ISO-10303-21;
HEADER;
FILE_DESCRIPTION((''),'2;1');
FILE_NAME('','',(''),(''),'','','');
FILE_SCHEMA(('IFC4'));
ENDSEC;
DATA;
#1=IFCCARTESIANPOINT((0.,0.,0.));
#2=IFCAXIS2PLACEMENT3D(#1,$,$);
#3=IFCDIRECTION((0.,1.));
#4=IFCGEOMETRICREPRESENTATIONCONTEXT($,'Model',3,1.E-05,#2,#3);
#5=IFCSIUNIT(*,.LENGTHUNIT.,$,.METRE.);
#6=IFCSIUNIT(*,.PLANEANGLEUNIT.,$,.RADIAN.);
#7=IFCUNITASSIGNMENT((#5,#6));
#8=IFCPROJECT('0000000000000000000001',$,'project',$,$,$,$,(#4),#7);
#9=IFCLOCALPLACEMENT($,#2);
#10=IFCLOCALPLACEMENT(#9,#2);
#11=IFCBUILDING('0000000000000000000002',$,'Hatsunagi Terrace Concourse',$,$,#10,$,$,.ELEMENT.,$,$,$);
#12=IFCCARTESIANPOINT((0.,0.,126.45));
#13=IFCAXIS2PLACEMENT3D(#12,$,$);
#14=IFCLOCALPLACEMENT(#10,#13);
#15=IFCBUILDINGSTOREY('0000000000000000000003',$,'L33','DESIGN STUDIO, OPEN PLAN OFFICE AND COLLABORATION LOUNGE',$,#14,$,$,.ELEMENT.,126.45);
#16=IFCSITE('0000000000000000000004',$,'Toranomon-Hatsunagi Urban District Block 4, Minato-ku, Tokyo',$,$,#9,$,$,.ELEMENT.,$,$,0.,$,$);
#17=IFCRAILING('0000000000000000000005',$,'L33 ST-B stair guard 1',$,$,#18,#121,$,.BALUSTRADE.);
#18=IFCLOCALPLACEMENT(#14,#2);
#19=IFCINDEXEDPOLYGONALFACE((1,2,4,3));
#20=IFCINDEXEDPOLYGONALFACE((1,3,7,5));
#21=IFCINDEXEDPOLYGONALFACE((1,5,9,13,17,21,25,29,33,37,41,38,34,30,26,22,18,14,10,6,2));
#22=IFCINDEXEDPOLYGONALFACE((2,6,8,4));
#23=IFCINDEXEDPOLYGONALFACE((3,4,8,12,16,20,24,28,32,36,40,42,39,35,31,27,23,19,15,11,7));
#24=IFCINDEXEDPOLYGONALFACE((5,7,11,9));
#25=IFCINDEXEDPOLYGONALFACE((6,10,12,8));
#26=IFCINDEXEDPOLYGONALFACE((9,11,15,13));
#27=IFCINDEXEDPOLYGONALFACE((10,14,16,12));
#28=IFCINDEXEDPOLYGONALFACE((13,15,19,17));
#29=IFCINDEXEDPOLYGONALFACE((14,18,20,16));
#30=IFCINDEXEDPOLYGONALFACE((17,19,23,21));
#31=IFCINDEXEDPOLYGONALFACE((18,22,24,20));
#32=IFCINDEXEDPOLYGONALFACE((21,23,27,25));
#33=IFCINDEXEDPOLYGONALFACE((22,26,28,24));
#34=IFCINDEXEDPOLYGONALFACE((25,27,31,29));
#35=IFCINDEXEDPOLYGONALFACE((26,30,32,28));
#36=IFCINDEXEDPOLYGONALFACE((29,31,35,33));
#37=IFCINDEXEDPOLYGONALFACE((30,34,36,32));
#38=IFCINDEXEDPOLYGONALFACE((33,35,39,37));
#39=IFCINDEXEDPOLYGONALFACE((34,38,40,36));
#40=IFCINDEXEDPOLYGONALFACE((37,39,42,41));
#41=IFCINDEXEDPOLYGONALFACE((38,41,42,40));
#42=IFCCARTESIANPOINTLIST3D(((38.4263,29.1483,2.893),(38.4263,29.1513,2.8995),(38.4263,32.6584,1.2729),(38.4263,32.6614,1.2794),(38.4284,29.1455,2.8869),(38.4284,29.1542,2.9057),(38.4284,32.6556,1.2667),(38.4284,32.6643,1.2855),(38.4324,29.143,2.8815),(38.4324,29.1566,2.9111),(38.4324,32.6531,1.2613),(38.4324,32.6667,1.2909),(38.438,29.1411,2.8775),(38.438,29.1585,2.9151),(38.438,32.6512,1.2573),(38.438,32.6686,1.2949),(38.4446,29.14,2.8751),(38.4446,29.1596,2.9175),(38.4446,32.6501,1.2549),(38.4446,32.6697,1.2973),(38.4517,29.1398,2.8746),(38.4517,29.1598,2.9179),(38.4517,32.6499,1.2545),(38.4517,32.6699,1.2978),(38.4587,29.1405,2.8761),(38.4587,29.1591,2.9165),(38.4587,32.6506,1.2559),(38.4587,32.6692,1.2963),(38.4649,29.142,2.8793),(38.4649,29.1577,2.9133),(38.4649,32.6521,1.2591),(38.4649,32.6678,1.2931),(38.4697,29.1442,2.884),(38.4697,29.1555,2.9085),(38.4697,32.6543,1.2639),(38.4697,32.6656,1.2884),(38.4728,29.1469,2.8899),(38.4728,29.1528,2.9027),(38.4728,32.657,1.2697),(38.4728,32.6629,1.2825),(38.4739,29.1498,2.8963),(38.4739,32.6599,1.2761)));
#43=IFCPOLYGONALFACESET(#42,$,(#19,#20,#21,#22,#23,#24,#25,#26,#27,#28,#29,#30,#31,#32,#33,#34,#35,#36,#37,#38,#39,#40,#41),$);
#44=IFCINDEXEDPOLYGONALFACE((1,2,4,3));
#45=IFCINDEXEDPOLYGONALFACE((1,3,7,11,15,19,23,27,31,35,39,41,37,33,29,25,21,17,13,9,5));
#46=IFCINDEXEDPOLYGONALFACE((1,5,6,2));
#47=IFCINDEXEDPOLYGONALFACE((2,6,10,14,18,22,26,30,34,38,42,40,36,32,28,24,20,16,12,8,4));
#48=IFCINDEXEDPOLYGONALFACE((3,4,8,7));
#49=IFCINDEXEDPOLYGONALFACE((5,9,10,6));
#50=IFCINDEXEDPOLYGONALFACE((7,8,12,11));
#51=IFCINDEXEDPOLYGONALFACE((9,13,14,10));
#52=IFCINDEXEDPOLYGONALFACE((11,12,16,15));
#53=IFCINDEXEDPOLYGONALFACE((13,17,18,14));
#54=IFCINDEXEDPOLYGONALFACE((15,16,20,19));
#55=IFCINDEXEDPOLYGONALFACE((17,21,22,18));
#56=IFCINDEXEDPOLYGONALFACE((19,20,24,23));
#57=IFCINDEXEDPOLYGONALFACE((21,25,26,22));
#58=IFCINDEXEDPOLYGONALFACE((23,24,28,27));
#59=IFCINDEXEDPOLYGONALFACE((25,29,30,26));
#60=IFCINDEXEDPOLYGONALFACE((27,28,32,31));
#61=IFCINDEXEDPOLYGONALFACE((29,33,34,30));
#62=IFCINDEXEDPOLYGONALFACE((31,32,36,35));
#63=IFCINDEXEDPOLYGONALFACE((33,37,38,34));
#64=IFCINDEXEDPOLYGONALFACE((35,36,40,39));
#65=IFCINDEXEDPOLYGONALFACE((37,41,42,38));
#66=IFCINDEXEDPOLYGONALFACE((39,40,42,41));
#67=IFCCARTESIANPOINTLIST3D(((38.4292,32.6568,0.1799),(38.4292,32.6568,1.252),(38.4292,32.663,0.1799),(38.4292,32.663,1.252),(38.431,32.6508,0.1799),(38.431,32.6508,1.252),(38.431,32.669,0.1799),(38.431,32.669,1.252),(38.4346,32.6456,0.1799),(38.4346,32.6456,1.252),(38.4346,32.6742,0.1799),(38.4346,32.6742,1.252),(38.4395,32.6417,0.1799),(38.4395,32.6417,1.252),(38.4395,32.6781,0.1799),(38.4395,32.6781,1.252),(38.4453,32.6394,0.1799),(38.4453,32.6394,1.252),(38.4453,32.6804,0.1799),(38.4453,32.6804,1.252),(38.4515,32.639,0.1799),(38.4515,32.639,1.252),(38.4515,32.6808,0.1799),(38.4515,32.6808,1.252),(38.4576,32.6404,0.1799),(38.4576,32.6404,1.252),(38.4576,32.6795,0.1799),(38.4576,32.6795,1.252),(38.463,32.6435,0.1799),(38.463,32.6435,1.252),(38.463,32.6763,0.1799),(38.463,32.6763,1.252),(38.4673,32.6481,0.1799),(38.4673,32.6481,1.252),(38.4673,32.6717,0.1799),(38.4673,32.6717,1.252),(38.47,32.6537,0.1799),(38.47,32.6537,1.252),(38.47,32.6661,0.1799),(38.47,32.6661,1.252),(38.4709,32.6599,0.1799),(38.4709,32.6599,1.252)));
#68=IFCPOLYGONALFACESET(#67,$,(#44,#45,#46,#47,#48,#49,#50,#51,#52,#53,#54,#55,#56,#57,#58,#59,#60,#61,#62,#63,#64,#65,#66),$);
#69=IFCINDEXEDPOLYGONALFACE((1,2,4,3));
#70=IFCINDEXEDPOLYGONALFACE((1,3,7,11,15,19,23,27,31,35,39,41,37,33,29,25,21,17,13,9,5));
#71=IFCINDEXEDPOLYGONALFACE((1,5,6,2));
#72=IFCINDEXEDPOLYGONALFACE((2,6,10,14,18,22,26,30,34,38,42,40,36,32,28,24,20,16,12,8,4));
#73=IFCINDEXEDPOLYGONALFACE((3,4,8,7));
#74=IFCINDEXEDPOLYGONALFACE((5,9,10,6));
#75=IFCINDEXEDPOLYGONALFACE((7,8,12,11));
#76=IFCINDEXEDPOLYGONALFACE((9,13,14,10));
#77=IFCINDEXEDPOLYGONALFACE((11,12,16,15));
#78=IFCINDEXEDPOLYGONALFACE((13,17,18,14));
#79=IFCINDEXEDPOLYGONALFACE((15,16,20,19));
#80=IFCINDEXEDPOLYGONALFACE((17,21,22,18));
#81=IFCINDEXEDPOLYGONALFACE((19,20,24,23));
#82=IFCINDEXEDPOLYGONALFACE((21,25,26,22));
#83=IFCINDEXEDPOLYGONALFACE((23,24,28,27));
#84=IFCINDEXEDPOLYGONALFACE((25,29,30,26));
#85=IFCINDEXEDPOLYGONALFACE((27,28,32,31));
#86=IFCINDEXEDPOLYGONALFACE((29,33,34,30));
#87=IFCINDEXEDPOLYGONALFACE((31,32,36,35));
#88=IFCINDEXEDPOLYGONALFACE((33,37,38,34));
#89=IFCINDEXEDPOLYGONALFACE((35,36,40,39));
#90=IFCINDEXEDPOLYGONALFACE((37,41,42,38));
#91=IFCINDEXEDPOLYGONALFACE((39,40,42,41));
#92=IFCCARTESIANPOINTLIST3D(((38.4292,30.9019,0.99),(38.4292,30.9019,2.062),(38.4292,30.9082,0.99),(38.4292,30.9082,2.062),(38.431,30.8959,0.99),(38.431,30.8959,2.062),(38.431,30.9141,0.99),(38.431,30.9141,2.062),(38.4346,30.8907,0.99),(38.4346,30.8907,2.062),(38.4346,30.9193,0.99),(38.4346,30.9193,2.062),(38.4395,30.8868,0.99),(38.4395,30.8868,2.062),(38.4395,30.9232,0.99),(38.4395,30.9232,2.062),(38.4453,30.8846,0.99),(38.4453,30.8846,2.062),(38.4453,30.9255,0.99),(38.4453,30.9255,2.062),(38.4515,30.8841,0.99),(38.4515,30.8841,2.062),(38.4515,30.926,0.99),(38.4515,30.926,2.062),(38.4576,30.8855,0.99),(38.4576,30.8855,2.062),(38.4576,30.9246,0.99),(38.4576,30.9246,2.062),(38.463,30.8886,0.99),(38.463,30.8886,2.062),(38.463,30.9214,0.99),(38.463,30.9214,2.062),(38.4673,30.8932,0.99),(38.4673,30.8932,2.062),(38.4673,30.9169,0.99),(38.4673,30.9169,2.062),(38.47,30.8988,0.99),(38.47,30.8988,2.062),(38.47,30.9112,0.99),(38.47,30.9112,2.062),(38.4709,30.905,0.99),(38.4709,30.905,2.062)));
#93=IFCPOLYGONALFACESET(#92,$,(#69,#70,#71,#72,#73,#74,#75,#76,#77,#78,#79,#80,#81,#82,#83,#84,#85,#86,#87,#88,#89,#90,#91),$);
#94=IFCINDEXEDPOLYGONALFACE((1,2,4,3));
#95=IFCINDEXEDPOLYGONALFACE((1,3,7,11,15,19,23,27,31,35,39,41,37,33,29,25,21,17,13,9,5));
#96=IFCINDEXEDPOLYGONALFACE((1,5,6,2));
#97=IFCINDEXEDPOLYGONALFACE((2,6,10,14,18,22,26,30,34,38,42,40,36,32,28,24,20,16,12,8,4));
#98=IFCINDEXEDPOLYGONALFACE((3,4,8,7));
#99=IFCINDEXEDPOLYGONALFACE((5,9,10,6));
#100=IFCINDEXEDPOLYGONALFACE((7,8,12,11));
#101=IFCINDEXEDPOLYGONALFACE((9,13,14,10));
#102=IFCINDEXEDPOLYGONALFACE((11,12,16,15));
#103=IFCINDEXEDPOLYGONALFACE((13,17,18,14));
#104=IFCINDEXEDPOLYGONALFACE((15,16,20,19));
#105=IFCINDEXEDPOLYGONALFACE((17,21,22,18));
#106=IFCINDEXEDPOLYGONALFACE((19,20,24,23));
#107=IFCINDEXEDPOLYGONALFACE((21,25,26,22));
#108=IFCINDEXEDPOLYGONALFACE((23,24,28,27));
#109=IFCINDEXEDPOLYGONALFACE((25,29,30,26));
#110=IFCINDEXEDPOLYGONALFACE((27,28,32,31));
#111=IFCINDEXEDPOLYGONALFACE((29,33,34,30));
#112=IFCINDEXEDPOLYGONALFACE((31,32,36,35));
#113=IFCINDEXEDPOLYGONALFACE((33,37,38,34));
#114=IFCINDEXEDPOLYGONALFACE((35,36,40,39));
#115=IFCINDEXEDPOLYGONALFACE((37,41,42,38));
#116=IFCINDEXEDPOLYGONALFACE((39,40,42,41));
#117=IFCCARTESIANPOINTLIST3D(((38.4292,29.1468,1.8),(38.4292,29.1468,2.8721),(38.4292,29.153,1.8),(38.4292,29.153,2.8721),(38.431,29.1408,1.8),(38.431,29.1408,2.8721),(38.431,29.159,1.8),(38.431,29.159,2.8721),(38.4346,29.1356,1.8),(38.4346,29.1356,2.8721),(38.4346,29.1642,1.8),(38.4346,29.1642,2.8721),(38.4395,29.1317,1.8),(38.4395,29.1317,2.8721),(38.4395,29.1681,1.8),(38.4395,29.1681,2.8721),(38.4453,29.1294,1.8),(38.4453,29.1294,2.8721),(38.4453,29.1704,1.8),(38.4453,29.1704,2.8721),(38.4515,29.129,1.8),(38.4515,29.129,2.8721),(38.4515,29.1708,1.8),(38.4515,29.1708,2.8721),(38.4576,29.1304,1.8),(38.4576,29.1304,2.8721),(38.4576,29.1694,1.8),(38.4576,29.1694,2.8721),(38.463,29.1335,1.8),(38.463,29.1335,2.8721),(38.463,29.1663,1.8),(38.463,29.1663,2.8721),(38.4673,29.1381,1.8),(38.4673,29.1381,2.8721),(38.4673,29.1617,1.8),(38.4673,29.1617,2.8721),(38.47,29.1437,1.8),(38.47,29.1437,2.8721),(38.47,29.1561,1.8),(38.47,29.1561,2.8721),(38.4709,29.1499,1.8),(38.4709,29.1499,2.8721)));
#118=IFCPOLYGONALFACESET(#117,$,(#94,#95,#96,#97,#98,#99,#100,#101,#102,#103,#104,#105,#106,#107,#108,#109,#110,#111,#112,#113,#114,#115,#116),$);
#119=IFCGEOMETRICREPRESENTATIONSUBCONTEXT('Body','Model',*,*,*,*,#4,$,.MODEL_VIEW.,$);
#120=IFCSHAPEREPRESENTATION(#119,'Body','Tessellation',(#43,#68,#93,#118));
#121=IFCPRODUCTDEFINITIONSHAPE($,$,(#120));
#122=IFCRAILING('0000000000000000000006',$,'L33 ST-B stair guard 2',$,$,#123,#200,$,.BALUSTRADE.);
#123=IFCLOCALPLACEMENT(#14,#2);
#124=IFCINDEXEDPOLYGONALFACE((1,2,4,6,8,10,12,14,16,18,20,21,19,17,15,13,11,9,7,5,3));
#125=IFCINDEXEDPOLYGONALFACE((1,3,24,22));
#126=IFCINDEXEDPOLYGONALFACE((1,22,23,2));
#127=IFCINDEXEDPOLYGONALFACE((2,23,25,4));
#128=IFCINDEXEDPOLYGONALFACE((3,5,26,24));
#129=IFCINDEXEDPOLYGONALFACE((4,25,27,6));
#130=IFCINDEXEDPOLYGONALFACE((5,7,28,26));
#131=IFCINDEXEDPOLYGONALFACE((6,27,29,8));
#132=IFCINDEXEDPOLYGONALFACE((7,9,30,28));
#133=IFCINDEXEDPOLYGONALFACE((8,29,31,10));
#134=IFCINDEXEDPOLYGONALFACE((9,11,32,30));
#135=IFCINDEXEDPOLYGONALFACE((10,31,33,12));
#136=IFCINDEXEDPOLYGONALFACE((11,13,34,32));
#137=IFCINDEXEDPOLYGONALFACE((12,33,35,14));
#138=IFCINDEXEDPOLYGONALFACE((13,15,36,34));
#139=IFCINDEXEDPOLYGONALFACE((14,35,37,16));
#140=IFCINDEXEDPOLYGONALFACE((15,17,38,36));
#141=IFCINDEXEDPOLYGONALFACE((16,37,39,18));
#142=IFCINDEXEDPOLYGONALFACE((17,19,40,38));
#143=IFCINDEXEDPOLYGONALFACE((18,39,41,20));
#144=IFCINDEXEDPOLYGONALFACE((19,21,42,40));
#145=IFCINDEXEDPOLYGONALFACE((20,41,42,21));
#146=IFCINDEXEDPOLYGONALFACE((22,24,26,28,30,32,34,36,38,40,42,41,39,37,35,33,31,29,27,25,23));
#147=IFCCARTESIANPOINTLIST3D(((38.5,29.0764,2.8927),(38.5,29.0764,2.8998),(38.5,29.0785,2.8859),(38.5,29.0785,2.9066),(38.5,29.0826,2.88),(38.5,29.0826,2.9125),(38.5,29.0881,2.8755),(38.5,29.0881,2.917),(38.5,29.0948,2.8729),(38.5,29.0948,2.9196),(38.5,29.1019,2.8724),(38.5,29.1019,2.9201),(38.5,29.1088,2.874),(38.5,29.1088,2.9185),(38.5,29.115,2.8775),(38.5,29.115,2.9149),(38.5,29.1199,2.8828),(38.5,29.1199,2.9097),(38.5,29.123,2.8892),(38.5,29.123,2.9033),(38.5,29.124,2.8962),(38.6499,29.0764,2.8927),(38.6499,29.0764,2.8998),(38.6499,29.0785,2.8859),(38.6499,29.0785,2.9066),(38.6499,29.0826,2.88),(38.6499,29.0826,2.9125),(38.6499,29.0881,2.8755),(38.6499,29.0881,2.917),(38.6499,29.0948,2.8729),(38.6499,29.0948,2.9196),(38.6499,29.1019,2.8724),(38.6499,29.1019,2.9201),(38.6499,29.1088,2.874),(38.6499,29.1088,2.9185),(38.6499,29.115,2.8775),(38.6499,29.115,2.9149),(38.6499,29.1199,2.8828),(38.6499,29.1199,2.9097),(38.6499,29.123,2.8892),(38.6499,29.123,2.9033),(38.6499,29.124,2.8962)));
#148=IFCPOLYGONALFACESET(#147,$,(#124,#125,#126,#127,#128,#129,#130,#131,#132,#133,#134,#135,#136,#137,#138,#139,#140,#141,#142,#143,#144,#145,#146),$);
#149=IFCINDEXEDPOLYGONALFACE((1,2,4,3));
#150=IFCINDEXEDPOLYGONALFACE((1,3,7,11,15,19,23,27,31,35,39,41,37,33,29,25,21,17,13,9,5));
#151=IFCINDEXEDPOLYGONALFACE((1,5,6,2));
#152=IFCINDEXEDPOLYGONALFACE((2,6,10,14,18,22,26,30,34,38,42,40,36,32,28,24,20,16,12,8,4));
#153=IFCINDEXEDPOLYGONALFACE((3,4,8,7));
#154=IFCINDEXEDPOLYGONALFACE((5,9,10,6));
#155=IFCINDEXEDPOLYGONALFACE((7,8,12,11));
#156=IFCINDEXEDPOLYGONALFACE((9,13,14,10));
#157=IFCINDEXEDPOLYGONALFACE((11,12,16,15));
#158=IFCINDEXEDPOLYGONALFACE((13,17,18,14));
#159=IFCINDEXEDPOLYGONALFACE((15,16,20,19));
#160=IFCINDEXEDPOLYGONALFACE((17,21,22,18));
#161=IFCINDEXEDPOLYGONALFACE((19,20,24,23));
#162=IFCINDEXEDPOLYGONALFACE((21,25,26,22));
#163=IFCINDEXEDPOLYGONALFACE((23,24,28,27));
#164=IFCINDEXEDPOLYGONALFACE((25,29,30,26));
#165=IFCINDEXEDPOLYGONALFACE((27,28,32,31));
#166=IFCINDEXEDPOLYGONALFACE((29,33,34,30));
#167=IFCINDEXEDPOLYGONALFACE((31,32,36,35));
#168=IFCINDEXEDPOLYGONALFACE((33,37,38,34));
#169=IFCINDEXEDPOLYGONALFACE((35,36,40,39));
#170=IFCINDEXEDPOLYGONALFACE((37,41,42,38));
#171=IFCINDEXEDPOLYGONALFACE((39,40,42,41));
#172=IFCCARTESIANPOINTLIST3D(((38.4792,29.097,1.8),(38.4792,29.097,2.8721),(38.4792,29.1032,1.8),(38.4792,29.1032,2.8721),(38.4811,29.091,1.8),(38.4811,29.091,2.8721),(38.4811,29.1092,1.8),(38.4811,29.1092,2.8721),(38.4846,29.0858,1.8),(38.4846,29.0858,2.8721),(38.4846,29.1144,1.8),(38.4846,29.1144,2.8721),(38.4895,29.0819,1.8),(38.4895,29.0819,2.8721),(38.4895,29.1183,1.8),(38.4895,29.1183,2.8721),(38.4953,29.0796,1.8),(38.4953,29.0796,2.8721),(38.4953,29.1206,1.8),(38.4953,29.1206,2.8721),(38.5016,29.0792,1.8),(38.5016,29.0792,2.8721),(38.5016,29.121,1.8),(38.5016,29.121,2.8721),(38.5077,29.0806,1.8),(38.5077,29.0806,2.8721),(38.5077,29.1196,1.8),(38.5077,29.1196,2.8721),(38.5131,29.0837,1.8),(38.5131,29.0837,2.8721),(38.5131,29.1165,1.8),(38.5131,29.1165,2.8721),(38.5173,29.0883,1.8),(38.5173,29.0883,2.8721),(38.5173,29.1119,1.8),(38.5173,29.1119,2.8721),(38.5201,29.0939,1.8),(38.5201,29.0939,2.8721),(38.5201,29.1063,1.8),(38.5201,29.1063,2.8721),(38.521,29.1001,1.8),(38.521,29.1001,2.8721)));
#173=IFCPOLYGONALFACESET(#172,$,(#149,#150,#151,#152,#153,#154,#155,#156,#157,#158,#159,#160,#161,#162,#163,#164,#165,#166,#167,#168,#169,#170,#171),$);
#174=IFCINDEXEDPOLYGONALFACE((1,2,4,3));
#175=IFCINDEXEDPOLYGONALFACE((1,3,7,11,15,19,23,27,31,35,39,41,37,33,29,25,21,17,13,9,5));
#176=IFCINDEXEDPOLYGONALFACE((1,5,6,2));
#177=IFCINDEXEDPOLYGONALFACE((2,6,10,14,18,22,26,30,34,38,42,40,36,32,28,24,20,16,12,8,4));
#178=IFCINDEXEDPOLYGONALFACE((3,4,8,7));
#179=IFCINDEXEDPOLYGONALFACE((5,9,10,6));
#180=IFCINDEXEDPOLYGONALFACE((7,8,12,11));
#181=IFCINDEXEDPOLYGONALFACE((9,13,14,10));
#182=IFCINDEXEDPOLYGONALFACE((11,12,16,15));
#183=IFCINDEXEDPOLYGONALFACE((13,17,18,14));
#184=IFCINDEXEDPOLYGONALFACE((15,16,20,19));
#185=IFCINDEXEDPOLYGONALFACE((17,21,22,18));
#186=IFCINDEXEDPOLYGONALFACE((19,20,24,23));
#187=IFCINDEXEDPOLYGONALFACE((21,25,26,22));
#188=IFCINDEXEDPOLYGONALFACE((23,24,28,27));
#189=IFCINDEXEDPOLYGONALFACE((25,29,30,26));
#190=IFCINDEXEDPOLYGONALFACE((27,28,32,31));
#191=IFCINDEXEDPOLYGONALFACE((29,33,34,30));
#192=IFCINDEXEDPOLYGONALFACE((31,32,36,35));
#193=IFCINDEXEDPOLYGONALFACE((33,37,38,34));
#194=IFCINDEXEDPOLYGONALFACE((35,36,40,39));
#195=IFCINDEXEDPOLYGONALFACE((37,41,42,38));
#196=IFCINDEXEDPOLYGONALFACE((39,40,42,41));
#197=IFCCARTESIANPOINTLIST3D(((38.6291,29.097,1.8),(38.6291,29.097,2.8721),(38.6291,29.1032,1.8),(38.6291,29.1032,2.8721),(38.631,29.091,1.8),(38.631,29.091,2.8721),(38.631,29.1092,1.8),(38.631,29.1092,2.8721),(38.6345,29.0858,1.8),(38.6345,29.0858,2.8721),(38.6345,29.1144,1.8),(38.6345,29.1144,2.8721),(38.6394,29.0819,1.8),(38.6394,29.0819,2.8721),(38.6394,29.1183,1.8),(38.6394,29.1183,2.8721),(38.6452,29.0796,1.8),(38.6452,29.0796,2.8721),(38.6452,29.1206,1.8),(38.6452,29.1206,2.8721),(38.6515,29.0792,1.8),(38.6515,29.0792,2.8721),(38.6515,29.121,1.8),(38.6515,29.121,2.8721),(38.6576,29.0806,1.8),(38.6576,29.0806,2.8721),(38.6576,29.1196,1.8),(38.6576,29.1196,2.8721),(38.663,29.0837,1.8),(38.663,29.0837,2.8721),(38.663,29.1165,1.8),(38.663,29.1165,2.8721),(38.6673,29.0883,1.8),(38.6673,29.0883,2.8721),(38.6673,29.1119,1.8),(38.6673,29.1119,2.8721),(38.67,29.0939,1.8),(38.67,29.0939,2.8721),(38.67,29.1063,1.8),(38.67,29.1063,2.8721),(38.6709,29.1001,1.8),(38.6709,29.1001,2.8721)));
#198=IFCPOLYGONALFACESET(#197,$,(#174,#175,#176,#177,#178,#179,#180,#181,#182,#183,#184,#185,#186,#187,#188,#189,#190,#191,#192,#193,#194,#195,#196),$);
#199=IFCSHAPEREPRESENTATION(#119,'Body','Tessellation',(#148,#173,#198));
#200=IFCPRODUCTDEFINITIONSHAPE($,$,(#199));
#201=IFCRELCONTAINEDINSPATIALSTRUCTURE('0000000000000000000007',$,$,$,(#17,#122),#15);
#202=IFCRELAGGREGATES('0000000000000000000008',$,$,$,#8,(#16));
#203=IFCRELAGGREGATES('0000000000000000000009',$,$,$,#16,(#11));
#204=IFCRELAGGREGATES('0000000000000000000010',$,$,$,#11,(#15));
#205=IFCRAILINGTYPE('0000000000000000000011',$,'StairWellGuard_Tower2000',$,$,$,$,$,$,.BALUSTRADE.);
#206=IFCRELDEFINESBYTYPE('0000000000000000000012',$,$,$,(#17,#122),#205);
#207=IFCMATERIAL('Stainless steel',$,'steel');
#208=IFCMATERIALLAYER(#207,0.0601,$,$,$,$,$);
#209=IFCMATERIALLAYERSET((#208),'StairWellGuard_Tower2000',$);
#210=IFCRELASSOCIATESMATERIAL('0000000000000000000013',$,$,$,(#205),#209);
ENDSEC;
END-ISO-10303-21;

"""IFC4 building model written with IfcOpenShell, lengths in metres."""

from ifc_helpers import new_model, si_unit, direction, frame, origin, origin_2d, place, context, subcontext, project, spatial, circle, extrude, material, layer, layer_set, type_object, element, save


model = new_model("IFC4")

# Units and contexts
model_context = context("Model", 3, precision=1e-05, world=origin(), true_north=direction((0.0, 1.0)))
body_context = subcontext(model_context, "Body", "Model", "MODEL_VIEW")
ifc_project = project(units=[si_unit("LENGTHUNIT", "METRE"), si_unit("PLANEANGLEUNIT", "RADIAN")], contexts=[model_context])

# Site, building, storey
site_placement = place(None, origin())
site = spatial("IfcSite", under=ifc_project, at=site_placement, Name="Toranomon-Hatsunagi Urban District Block 4, Minato-ku, Tokyo", CompositionType="ELEMENT", RefElevation=0.0)
building_placement = place(site_placement, origin())
building = spatial("IfcBuilding", under=site, at=building_placement, Name="Hatsunagi Terrace Concourse", CompositionType="ELEMENT")
storey_placement = place(building_placement, frame((0.0, 0.0, 126.45)))
storey = spatial("IfcBuildingStorey", under=building, at=storey_placement, Name="L33", Description="DESIGN STUDIO, OPEN PLAN OFFICE AND COLLABORATION LOUNGE", CompositionType="ELEMENT", Elevation=126.45)

# Railings
ifc_material_1 = material(Name="Stainless steel", Category="steel")
ifc_layer_1 = layer(ifc_material_1, 0.0601)
ifc_layer_set_1 = layer_set([ifc_layer_1], Name="StairWellGuard_Tower2000")
railing_type_1 = type_object("IfcRailingType", Name="StairWellGuard_Tower2000", PredefinedType="BALUSTRADE", material=ifc_layer_set_1)
railing_1_placement = place(storey_placement, frame((38.45, 32.6599, 0.1799)))
element("IfcRailing", 1, at=railing_1_placement, inside=storey, type_object=railing_type_1, Name="L33 ST-B stair guard 1", PredefinedType="BALUSTRADE", context=body_context, shape_type="SweptSolid", body=[
    extrude(circle(Radius=0.0239, at=origin_2d()), frame((0.0, 0.0, 1.0962), z_axis=(0.0, -0.907948, 0.419082), x_axis=(1.0, 0.0, 0.0)), (0.0, 0.0, 1.0), 3.866),
    extrude(circle(Radius=0.021, at=origin_2d()), origin(), (0.0, 0.0, 1.0), 1.072),
    extrude(circle(Radius=0.021, at=origin_2d()), frame((0.0, -1.7549, 0.8101)), (0.0, 0.0, 1.0), 1.072),
    extrude(circle(Radius=0.021, at=origin_2d()), frame((0.0, -3.51, 1.6201)), (0.0, 0.0, 1.0), 1.072),
])
railing_2_placement = place(storey_placement, frame((38.5, 29.1001, 1.8)))
element("IfcRailing", 2, at=railing_2_placement, inside=storey, type_object=railing_type_1, Name="L33 ST-B stair guard 2", PredefinedType="BALUSTRADE", context=body_context, shape_type="SweptSolid", body=[
    extrude(circle(Radius=0.0239, at=origin_2d()), frame((0.0, 0.0, 1.0962), z_axis=(1.0, 0.0, 0.0), x_axis=(0.0, 1.0, 0.0)), (0.0, 0.0, 1.0), 0.1499),
    extrude(circle(Radius=0.021, at=origin_2d()), origin(), (0.0, 0.0, 1.0), 1.072),
    extrude(circle(Radius=0.021, at=origin_2d()), frame((0.1499, 0.0, 0.0)), (0.0, 0.0, 1.0), 1.072),
])

save(model, "model.ifc")
